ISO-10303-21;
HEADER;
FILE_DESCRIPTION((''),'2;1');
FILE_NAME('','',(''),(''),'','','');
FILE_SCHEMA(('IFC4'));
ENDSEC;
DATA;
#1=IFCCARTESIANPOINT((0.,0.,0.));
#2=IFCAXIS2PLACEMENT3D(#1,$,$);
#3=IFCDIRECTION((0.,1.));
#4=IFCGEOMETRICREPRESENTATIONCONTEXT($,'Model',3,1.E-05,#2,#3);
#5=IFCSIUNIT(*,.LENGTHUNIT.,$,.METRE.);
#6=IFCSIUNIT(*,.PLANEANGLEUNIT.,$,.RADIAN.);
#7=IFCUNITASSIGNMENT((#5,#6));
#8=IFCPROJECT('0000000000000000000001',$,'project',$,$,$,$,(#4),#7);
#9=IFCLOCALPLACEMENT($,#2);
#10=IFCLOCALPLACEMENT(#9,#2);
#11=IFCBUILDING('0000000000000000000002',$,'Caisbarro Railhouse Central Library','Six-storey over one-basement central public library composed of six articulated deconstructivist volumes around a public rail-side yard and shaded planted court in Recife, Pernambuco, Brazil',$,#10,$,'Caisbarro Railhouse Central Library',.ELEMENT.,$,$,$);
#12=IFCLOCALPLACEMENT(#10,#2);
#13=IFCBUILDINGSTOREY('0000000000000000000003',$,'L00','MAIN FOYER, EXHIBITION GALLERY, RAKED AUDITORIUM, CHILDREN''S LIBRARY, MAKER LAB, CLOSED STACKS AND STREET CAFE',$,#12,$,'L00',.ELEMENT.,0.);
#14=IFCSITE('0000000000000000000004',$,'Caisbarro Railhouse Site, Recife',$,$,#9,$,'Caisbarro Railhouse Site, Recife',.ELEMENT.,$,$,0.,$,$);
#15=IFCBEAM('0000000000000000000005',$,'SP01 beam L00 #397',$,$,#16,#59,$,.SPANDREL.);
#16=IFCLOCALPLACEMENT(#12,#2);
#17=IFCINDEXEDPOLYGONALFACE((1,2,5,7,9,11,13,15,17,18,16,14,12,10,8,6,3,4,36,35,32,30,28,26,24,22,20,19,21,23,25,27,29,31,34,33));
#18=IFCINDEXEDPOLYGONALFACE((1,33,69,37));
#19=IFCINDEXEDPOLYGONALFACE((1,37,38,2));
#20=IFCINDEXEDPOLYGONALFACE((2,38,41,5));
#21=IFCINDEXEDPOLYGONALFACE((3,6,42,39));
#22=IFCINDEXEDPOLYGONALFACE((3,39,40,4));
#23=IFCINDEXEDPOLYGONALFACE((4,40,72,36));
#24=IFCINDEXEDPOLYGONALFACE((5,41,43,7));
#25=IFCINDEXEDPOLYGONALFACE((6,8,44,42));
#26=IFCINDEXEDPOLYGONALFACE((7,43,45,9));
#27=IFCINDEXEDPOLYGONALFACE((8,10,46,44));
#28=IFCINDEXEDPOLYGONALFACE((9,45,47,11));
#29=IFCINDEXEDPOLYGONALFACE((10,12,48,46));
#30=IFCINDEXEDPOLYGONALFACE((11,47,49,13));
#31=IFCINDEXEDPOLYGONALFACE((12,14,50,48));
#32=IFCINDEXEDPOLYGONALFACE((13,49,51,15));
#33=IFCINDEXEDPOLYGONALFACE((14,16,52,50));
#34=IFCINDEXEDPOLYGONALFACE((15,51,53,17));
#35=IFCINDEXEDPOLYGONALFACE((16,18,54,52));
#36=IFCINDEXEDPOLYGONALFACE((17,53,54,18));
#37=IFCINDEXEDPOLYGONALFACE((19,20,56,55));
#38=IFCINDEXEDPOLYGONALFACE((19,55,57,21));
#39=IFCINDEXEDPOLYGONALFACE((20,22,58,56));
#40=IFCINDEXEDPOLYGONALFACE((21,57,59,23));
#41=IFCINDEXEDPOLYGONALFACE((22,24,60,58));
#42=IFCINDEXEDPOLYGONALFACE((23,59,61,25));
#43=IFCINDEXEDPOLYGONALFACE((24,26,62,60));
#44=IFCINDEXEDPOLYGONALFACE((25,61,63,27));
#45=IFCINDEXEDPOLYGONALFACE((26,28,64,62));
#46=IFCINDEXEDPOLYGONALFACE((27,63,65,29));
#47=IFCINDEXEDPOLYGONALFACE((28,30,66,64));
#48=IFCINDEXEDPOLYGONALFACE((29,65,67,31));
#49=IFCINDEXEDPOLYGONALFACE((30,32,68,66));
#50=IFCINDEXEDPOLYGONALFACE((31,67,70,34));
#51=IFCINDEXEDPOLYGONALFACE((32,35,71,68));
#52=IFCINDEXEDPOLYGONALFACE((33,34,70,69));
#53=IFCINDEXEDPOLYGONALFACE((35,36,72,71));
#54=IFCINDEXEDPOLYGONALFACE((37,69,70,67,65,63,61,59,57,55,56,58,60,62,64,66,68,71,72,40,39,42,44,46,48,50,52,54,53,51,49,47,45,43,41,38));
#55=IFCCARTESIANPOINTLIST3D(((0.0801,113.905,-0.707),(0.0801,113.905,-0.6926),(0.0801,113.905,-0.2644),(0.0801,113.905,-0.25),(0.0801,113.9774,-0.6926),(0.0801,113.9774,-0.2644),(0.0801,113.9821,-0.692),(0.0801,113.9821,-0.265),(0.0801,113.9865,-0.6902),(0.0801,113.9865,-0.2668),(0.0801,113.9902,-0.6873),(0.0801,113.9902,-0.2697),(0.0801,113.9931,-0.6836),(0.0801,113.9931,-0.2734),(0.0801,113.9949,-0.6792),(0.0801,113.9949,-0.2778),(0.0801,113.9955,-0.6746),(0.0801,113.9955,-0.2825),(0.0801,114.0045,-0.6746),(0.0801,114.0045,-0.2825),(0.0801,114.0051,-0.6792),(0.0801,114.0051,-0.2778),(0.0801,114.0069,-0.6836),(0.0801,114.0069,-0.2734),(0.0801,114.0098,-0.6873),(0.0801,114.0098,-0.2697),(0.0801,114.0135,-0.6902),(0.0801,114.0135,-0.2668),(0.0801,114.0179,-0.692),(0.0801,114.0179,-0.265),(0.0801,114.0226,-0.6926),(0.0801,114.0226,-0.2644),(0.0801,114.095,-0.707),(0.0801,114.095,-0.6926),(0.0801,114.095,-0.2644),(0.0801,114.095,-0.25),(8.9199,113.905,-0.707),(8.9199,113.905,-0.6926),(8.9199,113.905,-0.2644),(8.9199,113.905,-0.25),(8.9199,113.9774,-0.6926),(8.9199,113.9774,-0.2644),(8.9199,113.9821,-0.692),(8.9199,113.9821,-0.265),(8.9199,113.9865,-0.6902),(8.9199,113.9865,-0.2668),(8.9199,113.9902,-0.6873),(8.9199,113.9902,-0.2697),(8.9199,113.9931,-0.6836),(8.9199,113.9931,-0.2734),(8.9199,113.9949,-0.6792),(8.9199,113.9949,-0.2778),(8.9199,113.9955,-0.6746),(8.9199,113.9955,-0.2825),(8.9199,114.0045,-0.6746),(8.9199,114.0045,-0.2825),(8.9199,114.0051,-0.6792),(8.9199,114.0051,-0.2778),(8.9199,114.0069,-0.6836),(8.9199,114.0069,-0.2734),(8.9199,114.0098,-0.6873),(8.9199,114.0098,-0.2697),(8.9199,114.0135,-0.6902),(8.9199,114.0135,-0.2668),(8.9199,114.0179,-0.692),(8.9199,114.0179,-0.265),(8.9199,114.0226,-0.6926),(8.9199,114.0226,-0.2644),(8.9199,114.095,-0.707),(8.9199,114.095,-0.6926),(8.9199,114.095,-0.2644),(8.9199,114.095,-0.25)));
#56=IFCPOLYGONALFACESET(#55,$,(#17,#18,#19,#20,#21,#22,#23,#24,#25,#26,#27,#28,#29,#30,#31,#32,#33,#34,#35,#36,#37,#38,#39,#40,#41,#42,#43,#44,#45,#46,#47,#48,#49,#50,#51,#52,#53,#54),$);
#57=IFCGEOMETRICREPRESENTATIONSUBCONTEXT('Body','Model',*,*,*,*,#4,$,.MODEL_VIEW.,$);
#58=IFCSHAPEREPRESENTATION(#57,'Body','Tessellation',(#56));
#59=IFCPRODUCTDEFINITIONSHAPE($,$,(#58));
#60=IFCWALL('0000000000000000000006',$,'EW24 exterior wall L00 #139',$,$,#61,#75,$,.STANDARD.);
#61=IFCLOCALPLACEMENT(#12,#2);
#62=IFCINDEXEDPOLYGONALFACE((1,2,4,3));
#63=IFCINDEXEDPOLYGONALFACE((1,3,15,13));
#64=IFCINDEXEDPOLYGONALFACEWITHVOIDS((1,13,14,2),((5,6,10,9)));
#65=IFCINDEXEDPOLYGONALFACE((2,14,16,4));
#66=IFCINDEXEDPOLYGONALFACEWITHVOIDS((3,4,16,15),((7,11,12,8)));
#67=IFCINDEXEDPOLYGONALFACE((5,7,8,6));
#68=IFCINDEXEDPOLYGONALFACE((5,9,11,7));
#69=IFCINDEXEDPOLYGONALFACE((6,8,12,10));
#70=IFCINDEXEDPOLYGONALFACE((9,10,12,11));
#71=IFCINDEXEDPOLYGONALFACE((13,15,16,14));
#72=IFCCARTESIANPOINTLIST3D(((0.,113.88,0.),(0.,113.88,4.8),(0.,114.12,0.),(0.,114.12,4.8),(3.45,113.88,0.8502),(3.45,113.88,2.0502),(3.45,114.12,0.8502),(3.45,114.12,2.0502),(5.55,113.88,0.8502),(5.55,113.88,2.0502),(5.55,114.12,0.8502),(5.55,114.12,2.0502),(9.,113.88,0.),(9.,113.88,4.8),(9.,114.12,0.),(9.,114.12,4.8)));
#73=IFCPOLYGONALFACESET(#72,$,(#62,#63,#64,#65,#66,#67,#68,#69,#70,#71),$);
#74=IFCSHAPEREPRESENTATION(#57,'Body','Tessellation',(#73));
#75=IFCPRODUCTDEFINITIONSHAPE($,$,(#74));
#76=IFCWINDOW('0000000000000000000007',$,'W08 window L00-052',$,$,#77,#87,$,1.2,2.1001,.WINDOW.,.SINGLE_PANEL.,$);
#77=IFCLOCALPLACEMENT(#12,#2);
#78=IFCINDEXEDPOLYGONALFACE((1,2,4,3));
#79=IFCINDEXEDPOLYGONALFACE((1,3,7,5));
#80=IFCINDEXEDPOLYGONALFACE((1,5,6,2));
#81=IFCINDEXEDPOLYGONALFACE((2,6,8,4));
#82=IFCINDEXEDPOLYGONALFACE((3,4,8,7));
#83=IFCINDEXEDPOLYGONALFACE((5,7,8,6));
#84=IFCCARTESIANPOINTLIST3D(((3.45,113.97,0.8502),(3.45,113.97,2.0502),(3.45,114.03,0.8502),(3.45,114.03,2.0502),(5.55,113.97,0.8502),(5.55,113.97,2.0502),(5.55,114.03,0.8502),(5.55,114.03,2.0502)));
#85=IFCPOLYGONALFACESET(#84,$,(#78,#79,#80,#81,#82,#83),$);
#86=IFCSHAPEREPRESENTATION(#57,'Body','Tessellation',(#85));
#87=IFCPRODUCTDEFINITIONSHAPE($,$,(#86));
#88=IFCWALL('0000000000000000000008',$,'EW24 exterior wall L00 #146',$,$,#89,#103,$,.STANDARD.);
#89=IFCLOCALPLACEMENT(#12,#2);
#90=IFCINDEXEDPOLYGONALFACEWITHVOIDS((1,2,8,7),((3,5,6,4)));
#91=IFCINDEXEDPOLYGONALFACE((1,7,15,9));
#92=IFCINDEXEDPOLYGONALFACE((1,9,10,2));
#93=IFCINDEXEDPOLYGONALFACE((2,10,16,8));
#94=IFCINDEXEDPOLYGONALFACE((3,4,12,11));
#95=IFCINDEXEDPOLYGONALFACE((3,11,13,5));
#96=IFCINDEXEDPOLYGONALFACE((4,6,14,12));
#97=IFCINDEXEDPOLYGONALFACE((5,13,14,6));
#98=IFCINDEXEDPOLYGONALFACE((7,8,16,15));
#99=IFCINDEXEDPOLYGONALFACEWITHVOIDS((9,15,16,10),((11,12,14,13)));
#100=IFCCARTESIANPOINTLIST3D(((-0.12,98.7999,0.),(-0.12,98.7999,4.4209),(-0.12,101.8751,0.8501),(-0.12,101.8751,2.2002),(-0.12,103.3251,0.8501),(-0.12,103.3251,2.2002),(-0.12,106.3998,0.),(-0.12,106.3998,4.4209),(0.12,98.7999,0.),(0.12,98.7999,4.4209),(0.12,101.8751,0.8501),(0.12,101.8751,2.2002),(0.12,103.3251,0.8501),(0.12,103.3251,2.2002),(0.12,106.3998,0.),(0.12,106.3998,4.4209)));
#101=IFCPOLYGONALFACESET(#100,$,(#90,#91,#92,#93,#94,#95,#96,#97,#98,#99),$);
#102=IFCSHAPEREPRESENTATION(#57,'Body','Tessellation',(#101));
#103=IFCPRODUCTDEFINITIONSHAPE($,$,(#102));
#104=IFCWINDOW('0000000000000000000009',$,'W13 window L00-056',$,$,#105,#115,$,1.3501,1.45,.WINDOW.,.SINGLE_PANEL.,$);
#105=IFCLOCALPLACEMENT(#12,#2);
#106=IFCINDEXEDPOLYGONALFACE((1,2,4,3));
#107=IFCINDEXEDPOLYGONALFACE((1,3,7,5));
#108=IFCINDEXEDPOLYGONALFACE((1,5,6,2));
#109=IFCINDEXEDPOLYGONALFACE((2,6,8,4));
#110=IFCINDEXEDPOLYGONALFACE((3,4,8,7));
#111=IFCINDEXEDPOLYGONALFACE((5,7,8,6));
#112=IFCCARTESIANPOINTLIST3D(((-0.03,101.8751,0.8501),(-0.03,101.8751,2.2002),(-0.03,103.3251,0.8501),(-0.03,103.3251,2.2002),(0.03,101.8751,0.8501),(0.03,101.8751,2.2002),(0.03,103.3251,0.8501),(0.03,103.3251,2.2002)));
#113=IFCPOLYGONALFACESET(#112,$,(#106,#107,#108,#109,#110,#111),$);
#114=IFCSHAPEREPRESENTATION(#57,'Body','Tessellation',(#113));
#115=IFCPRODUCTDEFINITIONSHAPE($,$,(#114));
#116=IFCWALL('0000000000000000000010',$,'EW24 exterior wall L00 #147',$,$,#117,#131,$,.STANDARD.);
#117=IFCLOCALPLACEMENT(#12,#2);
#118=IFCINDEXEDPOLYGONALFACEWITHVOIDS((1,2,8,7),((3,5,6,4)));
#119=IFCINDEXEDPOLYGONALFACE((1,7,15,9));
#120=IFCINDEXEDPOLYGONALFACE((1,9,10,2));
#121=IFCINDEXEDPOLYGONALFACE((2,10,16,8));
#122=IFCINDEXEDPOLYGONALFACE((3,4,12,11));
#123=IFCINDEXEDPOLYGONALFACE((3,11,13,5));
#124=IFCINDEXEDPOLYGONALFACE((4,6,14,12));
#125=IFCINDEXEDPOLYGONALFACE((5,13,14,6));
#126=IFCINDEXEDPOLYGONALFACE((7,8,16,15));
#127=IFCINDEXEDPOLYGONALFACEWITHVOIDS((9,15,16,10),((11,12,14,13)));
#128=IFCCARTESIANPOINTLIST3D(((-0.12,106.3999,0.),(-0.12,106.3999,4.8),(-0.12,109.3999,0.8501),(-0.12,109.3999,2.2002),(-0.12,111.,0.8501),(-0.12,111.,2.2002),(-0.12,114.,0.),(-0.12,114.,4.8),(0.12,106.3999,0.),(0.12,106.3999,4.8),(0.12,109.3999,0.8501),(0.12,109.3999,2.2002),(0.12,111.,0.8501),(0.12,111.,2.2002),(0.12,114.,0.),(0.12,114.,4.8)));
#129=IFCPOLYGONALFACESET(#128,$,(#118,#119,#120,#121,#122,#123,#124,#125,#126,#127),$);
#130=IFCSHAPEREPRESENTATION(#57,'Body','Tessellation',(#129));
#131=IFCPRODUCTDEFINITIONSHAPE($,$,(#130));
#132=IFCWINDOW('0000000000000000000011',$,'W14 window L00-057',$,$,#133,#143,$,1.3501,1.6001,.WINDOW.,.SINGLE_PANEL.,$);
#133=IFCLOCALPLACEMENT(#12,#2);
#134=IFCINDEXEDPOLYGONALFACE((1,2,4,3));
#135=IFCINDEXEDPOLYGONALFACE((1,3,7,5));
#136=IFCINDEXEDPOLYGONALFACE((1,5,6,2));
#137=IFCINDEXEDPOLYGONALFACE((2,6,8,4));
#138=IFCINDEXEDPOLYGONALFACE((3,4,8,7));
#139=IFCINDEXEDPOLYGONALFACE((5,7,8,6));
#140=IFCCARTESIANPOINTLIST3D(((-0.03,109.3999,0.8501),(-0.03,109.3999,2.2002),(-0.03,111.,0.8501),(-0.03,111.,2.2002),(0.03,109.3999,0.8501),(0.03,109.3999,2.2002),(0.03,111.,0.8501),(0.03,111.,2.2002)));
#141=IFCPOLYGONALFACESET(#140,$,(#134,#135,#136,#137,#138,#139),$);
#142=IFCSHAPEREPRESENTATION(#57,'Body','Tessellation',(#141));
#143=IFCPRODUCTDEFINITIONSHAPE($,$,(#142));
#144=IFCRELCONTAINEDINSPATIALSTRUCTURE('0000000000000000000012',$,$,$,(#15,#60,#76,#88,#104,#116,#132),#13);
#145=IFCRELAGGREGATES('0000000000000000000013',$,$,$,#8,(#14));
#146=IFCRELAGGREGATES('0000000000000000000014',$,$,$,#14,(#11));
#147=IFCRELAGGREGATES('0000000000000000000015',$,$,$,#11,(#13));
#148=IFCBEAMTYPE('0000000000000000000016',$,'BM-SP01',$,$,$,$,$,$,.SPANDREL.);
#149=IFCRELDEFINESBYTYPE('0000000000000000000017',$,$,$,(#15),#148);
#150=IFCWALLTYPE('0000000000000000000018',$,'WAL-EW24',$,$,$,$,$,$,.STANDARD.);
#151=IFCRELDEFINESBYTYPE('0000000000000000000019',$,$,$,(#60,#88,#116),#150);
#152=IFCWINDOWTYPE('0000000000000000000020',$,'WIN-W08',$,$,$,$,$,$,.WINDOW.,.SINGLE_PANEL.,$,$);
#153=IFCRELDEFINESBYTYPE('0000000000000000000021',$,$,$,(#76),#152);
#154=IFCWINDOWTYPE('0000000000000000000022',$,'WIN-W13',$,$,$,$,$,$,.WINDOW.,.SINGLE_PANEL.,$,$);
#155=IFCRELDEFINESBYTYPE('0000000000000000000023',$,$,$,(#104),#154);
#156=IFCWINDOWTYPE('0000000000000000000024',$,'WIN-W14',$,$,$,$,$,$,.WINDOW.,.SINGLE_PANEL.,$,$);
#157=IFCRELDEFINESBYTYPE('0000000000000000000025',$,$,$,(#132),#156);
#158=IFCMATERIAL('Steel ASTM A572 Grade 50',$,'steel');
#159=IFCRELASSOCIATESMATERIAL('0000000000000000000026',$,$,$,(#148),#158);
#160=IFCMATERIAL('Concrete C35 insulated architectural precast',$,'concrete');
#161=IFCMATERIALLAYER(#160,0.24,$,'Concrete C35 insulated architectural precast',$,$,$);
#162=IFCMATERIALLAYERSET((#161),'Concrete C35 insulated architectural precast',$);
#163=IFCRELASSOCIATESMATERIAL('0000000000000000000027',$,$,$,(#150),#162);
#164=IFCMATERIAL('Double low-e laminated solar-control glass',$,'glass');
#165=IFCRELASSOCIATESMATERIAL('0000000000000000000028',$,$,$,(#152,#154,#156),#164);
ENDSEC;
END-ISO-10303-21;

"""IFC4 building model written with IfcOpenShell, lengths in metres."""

from ifc_helpers import new_model, si_unit, direction, frame, frame_2d, origin, origin_2d, place, context, subcontext, project, spatial, rectangle, i_section, extrude, material, layer, layer_set, material_profile, profile_set, type_object, element, fill, save


model = new_model("IFC4")

# Units and contexts
model_context = context("Model", 3, precision=1e-05, world=origin(), true_north=direction((0.0, 1.0)))
body_context = subcontext(model_context, "Body", "Model", "MODEL_VIEW")
ifc_project = project(units=[si_unit("LENGTHUNIT", "METRE"), si_unit("PLANEANGLEUNIT", "RADIAN")], contexts=[model_context])

# Site, building, storey
site_placement = place(None, origin())
site = spatial("IfcSite", under=ifc_project, at=site_placement, Name="Caisbarro Railhouse Site, Recife", LongName="Caisbarro Railhouse Site, Recife", CompositionType="ELEMENT", RefElevation=0.0)
building_placement = place(site_placement, origin())
building = spatial("IfcBuilding", under=site, at=building_placement, Name="Caisbarro Railhouse Central Library", Description="Six-storey over one-basement central public library composed of six articulated deconstructivist volumes around a public rail-side yard and shaded planted court in Recife, Pernambuco, Brazil", LongName="Caisbarro Railhouse Central Library", CompositionType="ELEMENT")
storey_placement = place(building_placement, origin())
storey = spatial("IfcBuildingStorey", under=building, at=storey_placement, Name="L00", Description="MAIN FOYER, EXHIBITION GALLERY, RAKED AUDITORIUM, CHILDREN'S LIBRARY, MAKER LAB, CLOSED STACKS AND STREET CAFE", LongName="L00", CompositionType="ELEMENT", Elevation=0.0)

# Shared definitions
ifc_material_1 = material(Name="Steel ASTM A572 Grade 50", Category="steel")

# Beam
ifc_material_profile_1 = material_profile(ifc_material_1, i_section(OverallWidth=0.1899, OverallDepth=0.457, WebThickness=0.009, FlangeThickness=0.0144, FilletRadius=0.0181, at=origin_2d()), Name="W460X74.0")
ifc_profile_set_1 = profile_set([ifc_material_profile_1], Name="Steel ASTM A572 Grade 50")
beam_type_1 = type_object("IfcBeamType", Name="BM-SP01", PredefinedType="SPANDREL", material=ifc_profile_set_1)
beam_1_placement = place(storey_placement, frame((0.0801, 114.0, -0.4785), z_axis=(1.0, 0.0, 0.0), x_axis=(0.0, 1.0, 0.0)))
element("IfcBeam", 1, at=beam_1_placement, inside=storey, type_object=beam_type_1, Name="SP01 beam L00 #397", PredefinedType="SPANDREL", context=body_context, shape_type="SweptSolid", body=[
    extrude(i_section(OverallWidth=0.1899, OverallDepth=0.457, WebThickness=0.009, FlangeThickness=0.0144, FilletRadius=0.0181, at=origin_2d()), origin(), (0.0, 0.0, 1.0), 8.8398),
])

# Walls, openings, windows
ifc_material_2 = material(Name="Concrete C35 insulated architectural precast", Category="concrete")
ifc_layer_1 = layer(ifc_material_2, 0.24, Name="Concrete C35 insulated architectural precast")
ifc_layer_set_1 = layer_set([ifc_layer_1], Name="Concrete C35 insulated architectural precast")
wall_type_1 = type_object("IfcWallType", Name="WAL-EW24", PredefinedType="STANDARD", material=ifc_layer_set_1)
wall_1_placement = place(storey_placement, frame((0.0, 114.0, 0.0), z_axis=(0.0, 0.0, 1.0), x_axis=(1.0, 0.0, 0.0)))
wall_1 = element("IfcWall", 2, at=wall_1_placement, inside=storey, type_object=wall_type_1, Name="EW24 exterior wall L00 #139", PredefinedType="STANDARD", context=body_context, shape_type="SweptSolid", body=[
    extrude(rectangle(XDim=9.0, YDim=0.24, at=frame_2d((4.5, 0.0))), origin(), (0.0, 0.0, 1.0), 4.8),
])
opening_1_placement = place(wall_1_placement, frame((3.45, 0.0, 0.8501)))
opening_1 = element("IfcOpeningElement", 3, at=opening_1_placement, cuts=wall_1, PredefinedType="OPENING", context=body_context, shape_type="SweptSolid", body=[
    extrude(rectangle(XDim=2.1001, YDim=1.2, at=frame_2d((1.05, 0.6001))), frame((0.0, 0.1299, 0.0), z_axis=(0.0, -1.0, 0.0), x_axis=(1.0, 0.0, 0.0)), (0.0, 0.0, 1.0), 0.26),
])
ifc_material_3 = material(Name="Double low-e laminated solar-control glass", Category="glass")
window_type_1 = type_object("IfcWindowType", Name="WIN-W08", PartitioningType="SINGLE_PANEL", PredefinedType="WINDOW", material=ifc_material_3)
window_1_placement = place(opening_1_placement, origin())
window_1 = element("IfcWindow", 4, at=window_1_placement, inside=storey, type_object=window_type_1, Name="W08 window L00-052", OverallHeight=1.2, OverallWidth=2.1001, PartitioningType="SINGLE_PANEL", PredefinedType="WINDOW", context=body_context, shape_type="SweptSolid", body=[
    extrude(rectangle(XDim=2.1001, YDim=1.2, at=frame_2d((1.05, 0.6001))), frame((0.0, 0.03, 0.0), z_axis=(0.0, -1.0, 0.0), x_axis=(1.0, 0.0, 0.0)), (0.0, 0.0, 1.0), 0.0601),
])
fill(opening_1, window_1)
wall_2_placement = place(storey_placement, frame((0.0, 98.8, 0.0), z_axis=(0.0, 0.0, 1.0), x_axis=(0.0, 1.0, 0.0)))
wall_2 = element("IfcWall", 5, at=wall_2_placement, inside=storey, type_object=wall_type_1, Name="EW24 exterior wall L00 #146", PredefinedType="STANDARD", context=body_context, shape_type="SweptSolid", body=[
    extrude(rectangle(XDim=7.5999, YDim=0.24, at=frame_2d((3.7998, 0.0))), origin(), (0.0, 0.0, 1.0), 4.4209),
])
opening_2_placement = place(wall_2_placement, frame((3.075, 0.0, 0.8501)))
opening_2 = element("IfcOpeningElement", 6, at=opening_2_placement, cuts=wall_2, PredefinedType="OPENING", context=body_context, shape_type="SweptSolid", body=[
    extrude(rectangle(XDim=1.45, YDim=1.3501, at=frame_2d((0.7251, 0.675))), frame((0.0, 0.1299, 0.0), z_axis=(0.0, -1.0, 0.0), x_axis=(1.0, 0.0, 0.0)), (0.0, 0.0, 1.0), 0.26),
])
window_type_2 = type_object("IfcWindowType", Name="WIN-W13", PartitioningType="SINGLE_PANEL", PredefinedType="WINDOW", material=ifc_material_3)
window_2_placement = place(opening_2_placement, origin())
window_2 = element("IfcWindow", 7, at=window_2_placement, inside=storey, type_object=window_type_2, Name="W13 window L00-056", OverallHeight=1.3501, OverallWidth=1.45, PartitioningType="SINGLE_PANEL", PredefinedType="WINDOW", context=body_context, shape_type="SweptSolid", body=[
    extrude(rectangle(XDim=1.45, YDim=1.3501, at=frame_2d((0.7251, 0.675))), frame((0.0, 0.03, 0.0), z_axis=(0.0, -1.0, 0.0), x_axis=(1.0, 0.0, 0.0)), (0.0, 0.0, 1.0), 0.0601),
])
fill(opening_2, window_2)
wall_3_placement = place(storey_placement, frame((0.0, 106.3999, 0.0), z_axis=(0.0, 0.0, 1.0), x_axis=(0.0, 1.0, 0.0)))
wall_3 = element("IfcWall", 8, at=wall_3_placement, inside=storey, type_object=wall_type_1, Name="EW24 exterior wall L00 #147", PredefinedType="STANDARD", context=body_context, shape_type="SweptSolid", body=[
    extrude(rectangle(XDim=7.6001, YDim=0.24, at=frame_2d((3.8, 0.0))), origin(), (0.0, 0.0, 1.0), 4.8),
])
opening_3_placement = place(wall_3_placement, frame((3.0, 0.0, 0.8501)))
opening_3 = element("IfcOpeningElement", 9, at=opening_3_placement, cuts=wall_3, PredefinedType="OPENING", context=body_context, shape_type="SweptSolid", body=[
    extrude(rectangle(XDim=1.6001, YDim=1.3501, at=frame_2d((0.8, 0.675))), frame((0.0, 0.1299, 0.0), z_axis=(0.0, -1.0, 0.0), x_axis=(1.0, 0.0, 0.0)), (0.0, 0.0, 1.0), 0.26),
])
window_type_3 = type_object("IfcWindowType", Name="WIN-W14", PartitioningType="SINGLE_PANEL", PredefinedType="WINDOW", material=ifc_material_3)
window_3_placement = place(opening_3_placement, origin())
window_3 = element("IfcWindow", 10, at=window_3_placement, inside=storey, type_object=window_type_3, Name="W14 window L00-057", OverallHeight=1.3501, OverallWidth=1.6001, PartitioningType="SINGLE_PANEL", PredefinedType="WINDOW", context=body_context, shape_type="SweptSolid", body=[
    extrude(rectangle(XDim=1.6001, YDim=1.3501, at=frame_2d((0.8, 0.675))), frame((0.0, 0.03, 0.0), z_axis=(0.0, -1.0, 0.0), x_axis=(1.0, 0.0, 0.0)), (0.0, 0.0, 1.0), 0.0601),
])
fill(opening_3, window_3)

save(model, "model.ifc")
